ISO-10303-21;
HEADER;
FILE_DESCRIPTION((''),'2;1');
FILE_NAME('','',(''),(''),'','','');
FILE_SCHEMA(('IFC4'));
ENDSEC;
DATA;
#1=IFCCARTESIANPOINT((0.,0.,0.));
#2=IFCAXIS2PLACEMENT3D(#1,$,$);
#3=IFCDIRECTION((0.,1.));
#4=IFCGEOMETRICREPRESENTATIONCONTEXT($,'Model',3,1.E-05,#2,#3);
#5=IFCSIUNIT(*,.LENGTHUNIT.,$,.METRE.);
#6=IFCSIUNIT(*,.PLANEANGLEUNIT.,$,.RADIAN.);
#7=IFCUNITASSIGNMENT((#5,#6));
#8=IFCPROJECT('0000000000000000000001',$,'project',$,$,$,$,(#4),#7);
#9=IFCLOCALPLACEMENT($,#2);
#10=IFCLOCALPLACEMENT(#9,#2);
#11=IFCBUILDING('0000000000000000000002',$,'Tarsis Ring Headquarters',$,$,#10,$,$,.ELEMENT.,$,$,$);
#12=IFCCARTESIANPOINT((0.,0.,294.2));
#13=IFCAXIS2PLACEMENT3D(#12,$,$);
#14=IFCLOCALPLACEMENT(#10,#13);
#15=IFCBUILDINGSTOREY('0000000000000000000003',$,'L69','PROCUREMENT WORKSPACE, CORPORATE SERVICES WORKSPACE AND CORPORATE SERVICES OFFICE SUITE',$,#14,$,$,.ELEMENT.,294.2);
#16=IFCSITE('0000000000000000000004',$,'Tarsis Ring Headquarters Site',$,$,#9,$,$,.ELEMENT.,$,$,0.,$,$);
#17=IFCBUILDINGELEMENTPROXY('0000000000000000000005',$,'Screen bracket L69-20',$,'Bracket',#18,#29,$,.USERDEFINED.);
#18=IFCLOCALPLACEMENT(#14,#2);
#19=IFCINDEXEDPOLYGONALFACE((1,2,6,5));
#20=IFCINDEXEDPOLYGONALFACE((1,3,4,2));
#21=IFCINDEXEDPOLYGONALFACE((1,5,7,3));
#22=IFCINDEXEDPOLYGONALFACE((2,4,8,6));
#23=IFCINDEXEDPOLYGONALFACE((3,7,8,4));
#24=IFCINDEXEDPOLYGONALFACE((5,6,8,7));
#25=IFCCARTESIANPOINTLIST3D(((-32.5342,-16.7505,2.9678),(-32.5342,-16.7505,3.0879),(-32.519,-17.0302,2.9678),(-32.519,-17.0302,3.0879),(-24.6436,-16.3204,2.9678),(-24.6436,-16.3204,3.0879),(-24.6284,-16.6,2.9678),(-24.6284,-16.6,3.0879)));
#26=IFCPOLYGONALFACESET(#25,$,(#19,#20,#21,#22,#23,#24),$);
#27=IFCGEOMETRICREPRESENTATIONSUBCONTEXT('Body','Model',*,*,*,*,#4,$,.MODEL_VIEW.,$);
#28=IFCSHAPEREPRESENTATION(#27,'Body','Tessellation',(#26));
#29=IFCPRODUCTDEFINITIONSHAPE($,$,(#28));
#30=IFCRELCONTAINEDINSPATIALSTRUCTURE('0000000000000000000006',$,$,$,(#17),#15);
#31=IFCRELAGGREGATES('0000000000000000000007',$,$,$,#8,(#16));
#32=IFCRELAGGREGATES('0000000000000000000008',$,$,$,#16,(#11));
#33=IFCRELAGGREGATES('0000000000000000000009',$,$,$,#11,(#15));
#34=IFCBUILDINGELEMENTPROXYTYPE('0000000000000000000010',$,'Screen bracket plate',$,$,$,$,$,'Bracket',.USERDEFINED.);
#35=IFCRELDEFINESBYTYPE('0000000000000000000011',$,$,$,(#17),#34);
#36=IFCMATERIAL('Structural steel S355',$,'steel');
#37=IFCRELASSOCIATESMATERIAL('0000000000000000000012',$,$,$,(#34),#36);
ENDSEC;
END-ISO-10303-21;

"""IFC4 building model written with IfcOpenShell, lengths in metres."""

from ifc_helpers import new_model, si_unit, direction, frame, origin, origin_2d, place, context, subcontext, project, spatial, rectangle, extrude, material, type_object, element, save


model = new_model("IFC4")

# Units and contexts
model_context = context("Model", 3, precision=1e-05, world=origin(), true_north=direction((0.0, 1.0)))
body_context = subcontext(model_context, "Body", "Model", "MODEL_VIEW")
ifc_project = project(units=[si_unit("LENGTHUNIT", "METRE"), si_unit("PLANEANGLEUNIT", "RADIAN")], contexts=[model_context])

# Site, building, storey
site_placement = place(None, origin())
site = spatial("IfcSite", under=ifc_project, at=site_placement, Name="Tarsis Ring Headquarters Site", CompositionType="ELEMENT", RefElevation=0.0)
building_placement = place(site_placement, origin())
building = spatial("IfcBuilding", under=site, at=building_placement, Name="Tarsis Ring Headquarters", CompositionType="ELEMENT")
storey_placement = place(building_placement, frame((0.0, 0.0, 294.2)))
storey = spatial("IfcBuildingStorey", under=building, at=storey_placement, Name="L69", Description="PROCUREMENT WORKSPACE, CORPORATE SERVICES WORKSPACE AND CORPORATE SERVICES OFFICE SUITE", CompositionType="ELEMENT", Elevation=294.2)

# Shared definitions
ifc_material_1 = material(Name="Structural steel S355", Category="steel")

# Building element proxy
building_element_proxy_type = type_object("IfcBuildingElementProxyType", Name="Screen bracket plate", ElementType="Bracket", PredefinedType="USERDEFINED", material=ifc_material_1)
proxy_placement = place(storey_placement, frame((-28.5813, -16.6753, 2.9678), z_axis=(0.0, 0.0, 1.0), x_axis=(0.998518, 0.054427, 0.0)))
element("IfcBuildingElementProxy", 1, at=proxy_placement, inside=storey, type_object=building_element_proxy_type, Name="Screen bracket L69-20", ObjectType="Bracket", PredefinedType="USERDEFINED", context=body_context, shape_type="SweptSolid", body=[
    extrude(rectangle(XDim=7.9023, YDim=0.28, at=origin_2d()), origin(), (0.0, 0.0, 1.0), 0.1201),
])

save(model, "model.ifc")
